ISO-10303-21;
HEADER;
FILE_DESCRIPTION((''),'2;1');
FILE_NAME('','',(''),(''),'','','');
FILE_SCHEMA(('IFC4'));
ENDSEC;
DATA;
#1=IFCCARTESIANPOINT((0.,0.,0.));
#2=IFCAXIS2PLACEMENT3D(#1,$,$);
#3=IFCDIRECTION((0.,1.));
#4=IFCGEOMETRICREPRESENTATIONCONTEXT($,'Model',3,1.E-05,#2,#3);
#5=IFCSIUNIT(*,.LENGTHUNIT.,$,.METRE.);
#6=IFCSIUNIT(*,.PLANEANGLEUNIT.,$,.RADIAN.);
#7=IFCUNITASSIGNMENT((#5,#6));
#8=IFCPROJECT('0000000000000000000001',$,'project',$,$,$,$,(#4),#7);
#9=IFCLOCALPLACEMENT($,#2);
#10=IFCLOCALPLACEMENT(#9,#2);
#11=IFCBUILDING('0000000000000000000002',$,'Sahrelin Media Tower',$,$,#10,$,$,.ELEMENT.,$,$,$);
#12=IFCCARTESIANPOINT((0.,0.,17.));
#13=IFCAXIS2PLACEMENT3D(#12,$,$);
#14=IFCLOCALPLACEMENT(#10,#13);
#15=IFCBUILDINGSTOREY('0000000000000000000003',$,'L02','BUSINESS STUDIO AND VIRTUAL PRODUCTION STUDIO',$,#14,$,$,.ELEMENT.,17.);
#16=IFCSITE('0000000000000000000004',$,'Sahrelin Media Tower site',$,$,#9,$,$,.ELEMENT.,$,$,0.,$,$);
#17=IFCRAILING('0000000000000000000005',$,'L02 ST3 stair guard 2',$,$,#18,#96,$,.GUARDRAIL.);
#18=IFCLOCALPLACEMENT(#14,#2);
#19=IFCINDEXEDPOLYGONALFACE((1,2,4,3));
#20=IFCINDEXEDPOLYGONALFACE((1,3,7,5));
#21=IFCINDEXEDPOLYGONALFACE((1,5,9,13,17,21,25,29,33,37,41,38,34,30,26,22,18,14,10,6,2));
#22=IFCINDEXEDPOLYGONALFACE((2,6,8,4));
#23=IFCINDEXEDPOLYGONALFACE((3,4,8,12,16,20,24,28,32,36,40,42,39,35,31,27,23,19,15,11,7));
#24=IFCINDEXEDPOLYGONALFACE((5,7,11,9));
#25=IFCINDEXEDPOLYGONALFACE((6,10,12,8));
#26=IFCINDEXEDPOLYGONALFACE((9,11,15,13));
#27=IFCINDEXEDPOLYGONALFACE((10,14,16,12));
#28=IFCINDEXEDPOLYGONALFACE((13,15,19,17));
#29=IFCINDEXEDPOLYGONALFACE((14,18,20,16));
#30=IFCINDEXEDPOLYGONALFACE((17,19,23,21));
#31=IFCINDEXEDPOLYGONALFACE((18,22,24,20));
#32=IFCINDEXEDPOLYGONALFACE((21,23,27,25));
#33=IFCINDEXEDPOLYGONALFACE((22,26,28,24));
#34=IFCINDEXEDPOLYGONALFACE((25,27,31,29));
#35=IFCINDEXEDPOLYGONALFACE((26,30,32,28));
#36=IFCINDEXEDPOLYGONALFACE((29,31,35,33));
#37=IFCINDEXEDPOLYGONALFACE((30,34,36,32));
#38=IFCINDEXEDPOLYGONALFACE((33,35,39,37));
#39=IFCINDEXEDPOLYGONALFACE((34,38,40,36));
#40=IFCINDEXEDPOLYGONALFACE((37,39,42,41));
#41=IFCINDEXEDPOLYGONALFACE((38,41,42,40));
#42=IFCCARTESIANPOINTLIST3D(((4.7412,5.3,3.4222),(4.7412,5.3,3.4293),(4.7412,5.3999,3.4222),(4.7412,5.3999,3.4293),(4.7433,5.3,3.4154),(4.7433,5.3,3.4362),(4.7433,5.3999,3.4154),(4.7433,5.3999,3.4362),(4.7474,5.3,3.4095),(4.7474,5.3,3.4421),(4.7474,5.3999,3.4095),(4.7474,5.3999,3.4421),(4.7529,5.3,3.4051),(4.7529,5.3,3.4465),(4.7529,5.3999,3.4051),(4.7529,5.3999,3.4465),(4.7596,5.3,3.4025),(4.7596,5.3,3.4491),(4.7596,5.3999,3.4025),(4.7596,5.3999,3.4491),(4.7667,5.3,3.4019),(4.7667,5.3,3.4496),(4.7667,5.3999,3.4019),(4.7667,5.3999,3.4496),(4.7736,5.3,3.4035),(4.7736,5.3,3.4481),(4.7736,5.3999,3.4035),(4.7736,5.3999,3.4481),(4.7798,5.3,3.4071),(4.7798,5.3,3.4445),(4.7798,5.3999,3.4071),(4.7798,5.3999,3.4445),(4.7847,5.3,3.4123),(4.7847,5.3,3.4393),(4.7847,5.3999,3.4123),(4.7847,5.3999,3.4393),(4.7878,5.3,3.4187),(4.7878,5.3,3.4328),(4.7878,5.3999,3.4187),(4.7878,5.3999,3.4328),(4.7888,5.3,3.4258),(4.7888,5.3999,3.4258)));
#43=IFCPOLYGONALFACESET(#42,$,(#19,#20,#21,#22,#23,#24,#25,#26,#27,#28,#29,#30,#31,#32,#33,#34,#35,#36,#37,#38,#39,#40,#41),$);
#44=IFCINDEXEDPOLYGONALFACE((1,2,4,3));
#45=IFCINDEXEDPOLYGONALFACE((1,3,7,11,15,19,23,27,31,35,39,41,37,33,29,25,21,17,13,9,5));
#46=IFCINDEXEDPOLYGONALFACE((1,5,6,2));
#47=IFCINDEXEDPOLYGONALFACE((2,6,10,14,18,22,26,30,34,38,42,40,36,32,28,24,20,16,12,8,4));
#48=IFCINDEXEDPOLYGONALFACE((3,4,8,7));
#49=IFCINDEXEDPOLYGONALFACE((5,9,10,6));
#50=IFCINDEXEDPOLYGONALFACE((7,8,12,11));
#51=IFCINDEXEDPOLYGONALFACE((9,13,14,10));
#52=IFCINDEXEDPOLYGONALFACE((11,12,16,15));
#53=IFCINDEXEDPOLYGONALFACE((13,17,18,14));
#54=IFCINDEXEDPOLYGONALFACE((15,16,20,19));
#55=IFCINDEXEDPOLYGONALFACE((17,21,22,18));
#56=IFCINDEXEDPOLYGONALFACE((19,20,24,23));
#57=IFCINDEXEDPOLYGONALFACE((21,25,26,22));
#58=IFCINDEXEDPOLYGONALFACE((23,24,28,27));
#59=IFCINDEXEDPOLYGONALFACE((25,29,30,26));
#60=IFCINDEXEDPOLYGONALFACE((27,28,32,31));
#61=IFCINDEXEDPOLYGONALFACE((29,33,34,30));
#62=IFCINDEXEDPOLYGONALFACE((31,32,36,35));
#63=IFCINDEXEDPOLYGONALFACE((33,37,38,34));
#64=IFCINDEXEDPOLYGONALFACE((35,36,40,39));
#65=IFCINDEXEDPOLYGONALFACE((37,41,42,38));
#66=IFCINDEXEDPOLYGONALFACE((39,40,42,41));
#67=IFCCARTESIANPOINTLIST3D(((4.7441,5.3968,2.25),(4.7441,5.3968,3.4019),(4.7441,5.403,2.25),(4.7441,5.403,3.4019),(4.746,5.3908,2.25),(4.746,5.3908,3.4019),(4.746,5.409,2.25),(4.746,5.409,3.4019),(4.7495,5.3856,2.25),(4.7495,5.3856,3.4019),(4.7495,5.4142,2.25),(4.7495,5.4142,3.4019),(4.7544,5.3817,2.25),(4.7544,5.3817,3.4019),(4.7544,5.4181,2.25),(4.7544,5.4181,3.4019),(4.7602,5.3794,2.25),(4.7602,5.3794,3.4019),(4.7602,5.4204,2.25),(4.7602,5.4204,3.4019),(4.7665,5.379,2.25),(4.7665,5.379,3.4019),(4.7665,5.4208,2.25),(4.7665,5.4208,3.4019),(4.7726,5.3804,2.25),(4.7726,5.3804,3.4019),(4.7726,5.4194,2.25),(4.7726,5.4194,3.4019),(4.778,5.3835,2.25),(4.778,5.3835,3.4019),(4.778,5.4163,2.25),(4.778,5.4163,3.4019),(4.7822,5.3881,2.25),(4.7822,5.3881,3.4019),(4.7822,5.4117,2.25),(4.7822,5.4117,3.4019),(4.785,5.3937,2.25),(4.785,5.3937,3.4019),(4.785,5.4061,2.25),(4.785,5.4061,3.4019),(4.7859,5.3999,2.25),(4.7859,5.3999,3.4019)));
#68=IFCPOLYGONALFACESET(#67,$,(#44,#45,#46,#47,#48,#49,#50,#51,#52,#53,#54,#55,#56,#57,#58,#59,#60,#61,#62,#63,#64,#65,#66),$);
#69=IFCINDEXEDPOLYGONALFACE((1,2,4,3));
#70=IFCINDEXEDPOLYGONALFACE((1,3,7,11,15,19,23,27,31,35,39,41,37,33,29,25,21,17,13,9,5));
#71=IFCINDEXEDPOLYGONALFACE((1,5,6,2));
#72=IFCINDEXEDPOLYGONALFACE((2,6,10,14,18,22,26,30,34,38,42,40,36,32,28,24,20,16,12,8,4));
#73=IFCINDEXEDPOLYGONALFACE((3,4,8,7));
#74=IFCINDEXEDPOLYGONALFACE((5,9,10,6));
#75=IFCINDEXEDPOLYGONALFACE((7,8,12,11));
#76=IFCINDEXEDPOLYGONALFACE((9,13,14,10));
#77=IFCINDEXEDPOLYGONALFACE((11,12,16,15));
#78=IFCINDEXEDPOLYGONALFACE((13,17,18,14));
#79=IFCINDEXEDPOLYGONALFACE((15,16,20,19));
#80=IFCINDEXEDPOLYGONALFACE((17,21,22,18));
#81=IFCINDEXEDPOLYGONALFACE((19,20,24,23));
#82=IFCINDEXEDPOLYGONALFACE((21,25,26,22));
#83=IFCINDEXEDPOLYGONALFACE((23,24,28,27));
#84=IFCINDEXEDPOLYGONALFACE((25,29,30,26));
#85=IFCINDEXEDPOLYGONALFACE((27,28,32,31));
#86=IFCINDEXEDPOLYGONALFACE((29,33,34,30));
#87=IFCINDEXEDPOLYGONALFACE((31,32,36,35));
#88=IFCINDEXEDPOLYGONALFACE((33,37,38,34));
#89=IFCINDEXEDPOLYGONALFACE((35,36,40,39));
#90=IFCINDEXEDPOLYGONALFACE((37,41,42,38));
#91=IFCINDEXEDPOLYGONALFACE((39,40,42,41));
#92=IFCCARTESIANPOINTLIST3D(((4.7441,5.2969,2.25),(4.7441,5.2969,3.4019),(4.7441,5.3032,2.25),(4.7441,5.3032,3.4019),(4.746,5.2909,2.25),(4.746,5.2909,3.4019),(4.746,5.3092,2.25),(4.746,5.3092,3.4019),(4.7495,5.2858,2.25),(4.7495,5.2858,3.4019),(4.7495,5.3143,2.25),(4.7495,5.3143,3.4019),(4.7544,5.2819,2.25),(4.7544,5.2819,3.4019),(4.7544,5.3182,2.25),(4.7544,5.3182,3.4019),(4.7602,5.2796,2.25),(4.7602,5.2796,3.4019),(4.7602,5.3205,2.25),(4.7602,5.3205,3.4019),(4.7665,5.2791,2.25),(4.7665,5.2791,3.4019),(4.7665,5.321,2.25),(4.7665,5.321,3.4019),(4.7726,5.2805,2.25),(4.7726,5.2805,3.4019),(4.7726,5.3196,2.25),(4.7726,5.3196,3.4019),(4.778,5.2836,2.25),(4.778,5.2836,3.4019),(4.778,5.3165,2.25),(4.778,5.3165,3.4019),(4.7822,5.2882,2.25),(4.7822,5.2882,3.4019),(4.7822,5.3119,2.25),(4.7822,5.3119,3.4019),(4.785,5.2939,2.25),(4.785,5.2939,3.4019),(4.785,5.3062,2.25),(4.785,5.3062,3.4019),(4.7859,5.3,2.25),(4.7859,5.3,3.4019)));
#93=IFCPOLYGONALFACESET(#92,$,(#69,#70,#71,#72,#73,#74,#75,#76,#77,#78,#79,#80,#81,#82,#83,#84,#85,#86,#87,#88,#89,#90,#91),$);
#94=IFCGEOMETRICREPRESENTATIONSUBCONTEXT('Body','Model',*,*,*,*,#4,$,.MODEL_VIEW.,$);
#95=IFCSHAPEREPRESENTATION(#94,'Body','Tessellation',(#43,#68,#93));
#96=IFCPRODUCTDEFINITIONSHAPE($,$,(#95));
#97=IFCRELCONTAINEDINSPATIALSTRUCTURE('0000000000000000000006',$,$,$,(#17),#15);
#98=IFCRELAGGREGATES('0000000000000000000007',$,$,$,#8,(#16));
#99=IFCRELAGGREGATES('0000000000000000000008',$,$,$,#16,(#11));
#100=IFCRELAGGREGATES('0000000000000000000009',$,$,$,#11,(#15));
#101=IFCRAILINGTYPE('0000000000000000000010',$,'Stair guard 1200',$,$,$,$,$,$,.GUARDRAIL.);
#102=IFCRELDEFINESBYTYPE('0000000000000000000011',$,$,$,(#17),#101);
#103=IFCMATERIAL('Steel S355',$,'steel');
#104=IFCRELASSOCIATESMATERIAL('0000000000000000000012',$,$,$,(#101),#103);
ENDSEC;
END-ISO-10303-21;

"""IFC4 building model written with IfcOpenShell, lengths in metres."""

from ifc_helpers import new_model, si_unit, direction, frame, origin, origin_2d, place, context, subcontext, project, spatial, circle, extrude, material, type_object, element, save


model = new_model("IFC4")

# Units and contexts
model_context = context("Model", 3, precision=1e-05, world=origin(), true_north=direction((0.0, 1.0)))
body_context = subcontext(model_context, "Body", "Model", "MODEL_VIEW")
ifc_project = project(units=[si_unit("LENGTHUNIT", "METRE"), si_unit("PLANEANGLEUNIT", "RADIAN")], contexts=[model_context])

# Site, building, storey
site_placement = place(None, origin())
site = spatial("IfcSite", under=ifc_project, at=site_placement, Name="Sahrelin Media Tower site", CompositionType="ELEMENT", RefElevation=0.0)
building_placement = place(site_placement, origin())
building = spatial("IfcBuilding", under=site, at=building_placement, Name="Sahrelin Media Tower", CompositionType="ELEMENT")
storey_placement = place(building_placement, frame((0.0, 0.0, 17.0)))
storey = spatial("IfcBuildingStorey", under=building, at=storey_placement, Name="L02", Description="BUSINESS STUDIO AND VIRTUAL PRODUCTION STUDIO", CompositionType="ELEMENT", Elevation=17.0)

# Shared definitions
ifc_material_1 = material(Name="Steel S355", Category="steel")

# Railing
railing_type_1 = type_object("IfcRailingType", Name="Stair guard 1200", PredefinedType="GUARDRAIL", material=ifc_material_1)
railing_1_placement = place(storey_placement, frame((4.7649, 5.3999, 2.25)))
element("IfcRailing", 1, at=railing_1_placement, inside=storey, type_object=railing_type_1, Name="L02 ST3 stair guard 2", PredefinedType="GUARDRAIL", context=body_context, shape_type="SweptSolid", body=[
    extrude(circle(Radius=0.0239, at=origin_2d()), frame((0.0, 0.0, 1.1758), z_axis=(0.0, -1.0, 0.0), x_axis=(1.0, 0.0, 0.0)), (0.0, 0.0, 1.0), 0.0999),
    extrude(circle(Radius=0.021, at=origin_2d()), origin(), (0.0, 0.0, 1.0), 1.1519),
    extrude(circle(Radius=0.021, at=origin_2d()), frame((0.0, -0.0999, 0.0)), (0.0, 0.0, 1.0), 1.1519),
])

save(model, "model.ifc")
